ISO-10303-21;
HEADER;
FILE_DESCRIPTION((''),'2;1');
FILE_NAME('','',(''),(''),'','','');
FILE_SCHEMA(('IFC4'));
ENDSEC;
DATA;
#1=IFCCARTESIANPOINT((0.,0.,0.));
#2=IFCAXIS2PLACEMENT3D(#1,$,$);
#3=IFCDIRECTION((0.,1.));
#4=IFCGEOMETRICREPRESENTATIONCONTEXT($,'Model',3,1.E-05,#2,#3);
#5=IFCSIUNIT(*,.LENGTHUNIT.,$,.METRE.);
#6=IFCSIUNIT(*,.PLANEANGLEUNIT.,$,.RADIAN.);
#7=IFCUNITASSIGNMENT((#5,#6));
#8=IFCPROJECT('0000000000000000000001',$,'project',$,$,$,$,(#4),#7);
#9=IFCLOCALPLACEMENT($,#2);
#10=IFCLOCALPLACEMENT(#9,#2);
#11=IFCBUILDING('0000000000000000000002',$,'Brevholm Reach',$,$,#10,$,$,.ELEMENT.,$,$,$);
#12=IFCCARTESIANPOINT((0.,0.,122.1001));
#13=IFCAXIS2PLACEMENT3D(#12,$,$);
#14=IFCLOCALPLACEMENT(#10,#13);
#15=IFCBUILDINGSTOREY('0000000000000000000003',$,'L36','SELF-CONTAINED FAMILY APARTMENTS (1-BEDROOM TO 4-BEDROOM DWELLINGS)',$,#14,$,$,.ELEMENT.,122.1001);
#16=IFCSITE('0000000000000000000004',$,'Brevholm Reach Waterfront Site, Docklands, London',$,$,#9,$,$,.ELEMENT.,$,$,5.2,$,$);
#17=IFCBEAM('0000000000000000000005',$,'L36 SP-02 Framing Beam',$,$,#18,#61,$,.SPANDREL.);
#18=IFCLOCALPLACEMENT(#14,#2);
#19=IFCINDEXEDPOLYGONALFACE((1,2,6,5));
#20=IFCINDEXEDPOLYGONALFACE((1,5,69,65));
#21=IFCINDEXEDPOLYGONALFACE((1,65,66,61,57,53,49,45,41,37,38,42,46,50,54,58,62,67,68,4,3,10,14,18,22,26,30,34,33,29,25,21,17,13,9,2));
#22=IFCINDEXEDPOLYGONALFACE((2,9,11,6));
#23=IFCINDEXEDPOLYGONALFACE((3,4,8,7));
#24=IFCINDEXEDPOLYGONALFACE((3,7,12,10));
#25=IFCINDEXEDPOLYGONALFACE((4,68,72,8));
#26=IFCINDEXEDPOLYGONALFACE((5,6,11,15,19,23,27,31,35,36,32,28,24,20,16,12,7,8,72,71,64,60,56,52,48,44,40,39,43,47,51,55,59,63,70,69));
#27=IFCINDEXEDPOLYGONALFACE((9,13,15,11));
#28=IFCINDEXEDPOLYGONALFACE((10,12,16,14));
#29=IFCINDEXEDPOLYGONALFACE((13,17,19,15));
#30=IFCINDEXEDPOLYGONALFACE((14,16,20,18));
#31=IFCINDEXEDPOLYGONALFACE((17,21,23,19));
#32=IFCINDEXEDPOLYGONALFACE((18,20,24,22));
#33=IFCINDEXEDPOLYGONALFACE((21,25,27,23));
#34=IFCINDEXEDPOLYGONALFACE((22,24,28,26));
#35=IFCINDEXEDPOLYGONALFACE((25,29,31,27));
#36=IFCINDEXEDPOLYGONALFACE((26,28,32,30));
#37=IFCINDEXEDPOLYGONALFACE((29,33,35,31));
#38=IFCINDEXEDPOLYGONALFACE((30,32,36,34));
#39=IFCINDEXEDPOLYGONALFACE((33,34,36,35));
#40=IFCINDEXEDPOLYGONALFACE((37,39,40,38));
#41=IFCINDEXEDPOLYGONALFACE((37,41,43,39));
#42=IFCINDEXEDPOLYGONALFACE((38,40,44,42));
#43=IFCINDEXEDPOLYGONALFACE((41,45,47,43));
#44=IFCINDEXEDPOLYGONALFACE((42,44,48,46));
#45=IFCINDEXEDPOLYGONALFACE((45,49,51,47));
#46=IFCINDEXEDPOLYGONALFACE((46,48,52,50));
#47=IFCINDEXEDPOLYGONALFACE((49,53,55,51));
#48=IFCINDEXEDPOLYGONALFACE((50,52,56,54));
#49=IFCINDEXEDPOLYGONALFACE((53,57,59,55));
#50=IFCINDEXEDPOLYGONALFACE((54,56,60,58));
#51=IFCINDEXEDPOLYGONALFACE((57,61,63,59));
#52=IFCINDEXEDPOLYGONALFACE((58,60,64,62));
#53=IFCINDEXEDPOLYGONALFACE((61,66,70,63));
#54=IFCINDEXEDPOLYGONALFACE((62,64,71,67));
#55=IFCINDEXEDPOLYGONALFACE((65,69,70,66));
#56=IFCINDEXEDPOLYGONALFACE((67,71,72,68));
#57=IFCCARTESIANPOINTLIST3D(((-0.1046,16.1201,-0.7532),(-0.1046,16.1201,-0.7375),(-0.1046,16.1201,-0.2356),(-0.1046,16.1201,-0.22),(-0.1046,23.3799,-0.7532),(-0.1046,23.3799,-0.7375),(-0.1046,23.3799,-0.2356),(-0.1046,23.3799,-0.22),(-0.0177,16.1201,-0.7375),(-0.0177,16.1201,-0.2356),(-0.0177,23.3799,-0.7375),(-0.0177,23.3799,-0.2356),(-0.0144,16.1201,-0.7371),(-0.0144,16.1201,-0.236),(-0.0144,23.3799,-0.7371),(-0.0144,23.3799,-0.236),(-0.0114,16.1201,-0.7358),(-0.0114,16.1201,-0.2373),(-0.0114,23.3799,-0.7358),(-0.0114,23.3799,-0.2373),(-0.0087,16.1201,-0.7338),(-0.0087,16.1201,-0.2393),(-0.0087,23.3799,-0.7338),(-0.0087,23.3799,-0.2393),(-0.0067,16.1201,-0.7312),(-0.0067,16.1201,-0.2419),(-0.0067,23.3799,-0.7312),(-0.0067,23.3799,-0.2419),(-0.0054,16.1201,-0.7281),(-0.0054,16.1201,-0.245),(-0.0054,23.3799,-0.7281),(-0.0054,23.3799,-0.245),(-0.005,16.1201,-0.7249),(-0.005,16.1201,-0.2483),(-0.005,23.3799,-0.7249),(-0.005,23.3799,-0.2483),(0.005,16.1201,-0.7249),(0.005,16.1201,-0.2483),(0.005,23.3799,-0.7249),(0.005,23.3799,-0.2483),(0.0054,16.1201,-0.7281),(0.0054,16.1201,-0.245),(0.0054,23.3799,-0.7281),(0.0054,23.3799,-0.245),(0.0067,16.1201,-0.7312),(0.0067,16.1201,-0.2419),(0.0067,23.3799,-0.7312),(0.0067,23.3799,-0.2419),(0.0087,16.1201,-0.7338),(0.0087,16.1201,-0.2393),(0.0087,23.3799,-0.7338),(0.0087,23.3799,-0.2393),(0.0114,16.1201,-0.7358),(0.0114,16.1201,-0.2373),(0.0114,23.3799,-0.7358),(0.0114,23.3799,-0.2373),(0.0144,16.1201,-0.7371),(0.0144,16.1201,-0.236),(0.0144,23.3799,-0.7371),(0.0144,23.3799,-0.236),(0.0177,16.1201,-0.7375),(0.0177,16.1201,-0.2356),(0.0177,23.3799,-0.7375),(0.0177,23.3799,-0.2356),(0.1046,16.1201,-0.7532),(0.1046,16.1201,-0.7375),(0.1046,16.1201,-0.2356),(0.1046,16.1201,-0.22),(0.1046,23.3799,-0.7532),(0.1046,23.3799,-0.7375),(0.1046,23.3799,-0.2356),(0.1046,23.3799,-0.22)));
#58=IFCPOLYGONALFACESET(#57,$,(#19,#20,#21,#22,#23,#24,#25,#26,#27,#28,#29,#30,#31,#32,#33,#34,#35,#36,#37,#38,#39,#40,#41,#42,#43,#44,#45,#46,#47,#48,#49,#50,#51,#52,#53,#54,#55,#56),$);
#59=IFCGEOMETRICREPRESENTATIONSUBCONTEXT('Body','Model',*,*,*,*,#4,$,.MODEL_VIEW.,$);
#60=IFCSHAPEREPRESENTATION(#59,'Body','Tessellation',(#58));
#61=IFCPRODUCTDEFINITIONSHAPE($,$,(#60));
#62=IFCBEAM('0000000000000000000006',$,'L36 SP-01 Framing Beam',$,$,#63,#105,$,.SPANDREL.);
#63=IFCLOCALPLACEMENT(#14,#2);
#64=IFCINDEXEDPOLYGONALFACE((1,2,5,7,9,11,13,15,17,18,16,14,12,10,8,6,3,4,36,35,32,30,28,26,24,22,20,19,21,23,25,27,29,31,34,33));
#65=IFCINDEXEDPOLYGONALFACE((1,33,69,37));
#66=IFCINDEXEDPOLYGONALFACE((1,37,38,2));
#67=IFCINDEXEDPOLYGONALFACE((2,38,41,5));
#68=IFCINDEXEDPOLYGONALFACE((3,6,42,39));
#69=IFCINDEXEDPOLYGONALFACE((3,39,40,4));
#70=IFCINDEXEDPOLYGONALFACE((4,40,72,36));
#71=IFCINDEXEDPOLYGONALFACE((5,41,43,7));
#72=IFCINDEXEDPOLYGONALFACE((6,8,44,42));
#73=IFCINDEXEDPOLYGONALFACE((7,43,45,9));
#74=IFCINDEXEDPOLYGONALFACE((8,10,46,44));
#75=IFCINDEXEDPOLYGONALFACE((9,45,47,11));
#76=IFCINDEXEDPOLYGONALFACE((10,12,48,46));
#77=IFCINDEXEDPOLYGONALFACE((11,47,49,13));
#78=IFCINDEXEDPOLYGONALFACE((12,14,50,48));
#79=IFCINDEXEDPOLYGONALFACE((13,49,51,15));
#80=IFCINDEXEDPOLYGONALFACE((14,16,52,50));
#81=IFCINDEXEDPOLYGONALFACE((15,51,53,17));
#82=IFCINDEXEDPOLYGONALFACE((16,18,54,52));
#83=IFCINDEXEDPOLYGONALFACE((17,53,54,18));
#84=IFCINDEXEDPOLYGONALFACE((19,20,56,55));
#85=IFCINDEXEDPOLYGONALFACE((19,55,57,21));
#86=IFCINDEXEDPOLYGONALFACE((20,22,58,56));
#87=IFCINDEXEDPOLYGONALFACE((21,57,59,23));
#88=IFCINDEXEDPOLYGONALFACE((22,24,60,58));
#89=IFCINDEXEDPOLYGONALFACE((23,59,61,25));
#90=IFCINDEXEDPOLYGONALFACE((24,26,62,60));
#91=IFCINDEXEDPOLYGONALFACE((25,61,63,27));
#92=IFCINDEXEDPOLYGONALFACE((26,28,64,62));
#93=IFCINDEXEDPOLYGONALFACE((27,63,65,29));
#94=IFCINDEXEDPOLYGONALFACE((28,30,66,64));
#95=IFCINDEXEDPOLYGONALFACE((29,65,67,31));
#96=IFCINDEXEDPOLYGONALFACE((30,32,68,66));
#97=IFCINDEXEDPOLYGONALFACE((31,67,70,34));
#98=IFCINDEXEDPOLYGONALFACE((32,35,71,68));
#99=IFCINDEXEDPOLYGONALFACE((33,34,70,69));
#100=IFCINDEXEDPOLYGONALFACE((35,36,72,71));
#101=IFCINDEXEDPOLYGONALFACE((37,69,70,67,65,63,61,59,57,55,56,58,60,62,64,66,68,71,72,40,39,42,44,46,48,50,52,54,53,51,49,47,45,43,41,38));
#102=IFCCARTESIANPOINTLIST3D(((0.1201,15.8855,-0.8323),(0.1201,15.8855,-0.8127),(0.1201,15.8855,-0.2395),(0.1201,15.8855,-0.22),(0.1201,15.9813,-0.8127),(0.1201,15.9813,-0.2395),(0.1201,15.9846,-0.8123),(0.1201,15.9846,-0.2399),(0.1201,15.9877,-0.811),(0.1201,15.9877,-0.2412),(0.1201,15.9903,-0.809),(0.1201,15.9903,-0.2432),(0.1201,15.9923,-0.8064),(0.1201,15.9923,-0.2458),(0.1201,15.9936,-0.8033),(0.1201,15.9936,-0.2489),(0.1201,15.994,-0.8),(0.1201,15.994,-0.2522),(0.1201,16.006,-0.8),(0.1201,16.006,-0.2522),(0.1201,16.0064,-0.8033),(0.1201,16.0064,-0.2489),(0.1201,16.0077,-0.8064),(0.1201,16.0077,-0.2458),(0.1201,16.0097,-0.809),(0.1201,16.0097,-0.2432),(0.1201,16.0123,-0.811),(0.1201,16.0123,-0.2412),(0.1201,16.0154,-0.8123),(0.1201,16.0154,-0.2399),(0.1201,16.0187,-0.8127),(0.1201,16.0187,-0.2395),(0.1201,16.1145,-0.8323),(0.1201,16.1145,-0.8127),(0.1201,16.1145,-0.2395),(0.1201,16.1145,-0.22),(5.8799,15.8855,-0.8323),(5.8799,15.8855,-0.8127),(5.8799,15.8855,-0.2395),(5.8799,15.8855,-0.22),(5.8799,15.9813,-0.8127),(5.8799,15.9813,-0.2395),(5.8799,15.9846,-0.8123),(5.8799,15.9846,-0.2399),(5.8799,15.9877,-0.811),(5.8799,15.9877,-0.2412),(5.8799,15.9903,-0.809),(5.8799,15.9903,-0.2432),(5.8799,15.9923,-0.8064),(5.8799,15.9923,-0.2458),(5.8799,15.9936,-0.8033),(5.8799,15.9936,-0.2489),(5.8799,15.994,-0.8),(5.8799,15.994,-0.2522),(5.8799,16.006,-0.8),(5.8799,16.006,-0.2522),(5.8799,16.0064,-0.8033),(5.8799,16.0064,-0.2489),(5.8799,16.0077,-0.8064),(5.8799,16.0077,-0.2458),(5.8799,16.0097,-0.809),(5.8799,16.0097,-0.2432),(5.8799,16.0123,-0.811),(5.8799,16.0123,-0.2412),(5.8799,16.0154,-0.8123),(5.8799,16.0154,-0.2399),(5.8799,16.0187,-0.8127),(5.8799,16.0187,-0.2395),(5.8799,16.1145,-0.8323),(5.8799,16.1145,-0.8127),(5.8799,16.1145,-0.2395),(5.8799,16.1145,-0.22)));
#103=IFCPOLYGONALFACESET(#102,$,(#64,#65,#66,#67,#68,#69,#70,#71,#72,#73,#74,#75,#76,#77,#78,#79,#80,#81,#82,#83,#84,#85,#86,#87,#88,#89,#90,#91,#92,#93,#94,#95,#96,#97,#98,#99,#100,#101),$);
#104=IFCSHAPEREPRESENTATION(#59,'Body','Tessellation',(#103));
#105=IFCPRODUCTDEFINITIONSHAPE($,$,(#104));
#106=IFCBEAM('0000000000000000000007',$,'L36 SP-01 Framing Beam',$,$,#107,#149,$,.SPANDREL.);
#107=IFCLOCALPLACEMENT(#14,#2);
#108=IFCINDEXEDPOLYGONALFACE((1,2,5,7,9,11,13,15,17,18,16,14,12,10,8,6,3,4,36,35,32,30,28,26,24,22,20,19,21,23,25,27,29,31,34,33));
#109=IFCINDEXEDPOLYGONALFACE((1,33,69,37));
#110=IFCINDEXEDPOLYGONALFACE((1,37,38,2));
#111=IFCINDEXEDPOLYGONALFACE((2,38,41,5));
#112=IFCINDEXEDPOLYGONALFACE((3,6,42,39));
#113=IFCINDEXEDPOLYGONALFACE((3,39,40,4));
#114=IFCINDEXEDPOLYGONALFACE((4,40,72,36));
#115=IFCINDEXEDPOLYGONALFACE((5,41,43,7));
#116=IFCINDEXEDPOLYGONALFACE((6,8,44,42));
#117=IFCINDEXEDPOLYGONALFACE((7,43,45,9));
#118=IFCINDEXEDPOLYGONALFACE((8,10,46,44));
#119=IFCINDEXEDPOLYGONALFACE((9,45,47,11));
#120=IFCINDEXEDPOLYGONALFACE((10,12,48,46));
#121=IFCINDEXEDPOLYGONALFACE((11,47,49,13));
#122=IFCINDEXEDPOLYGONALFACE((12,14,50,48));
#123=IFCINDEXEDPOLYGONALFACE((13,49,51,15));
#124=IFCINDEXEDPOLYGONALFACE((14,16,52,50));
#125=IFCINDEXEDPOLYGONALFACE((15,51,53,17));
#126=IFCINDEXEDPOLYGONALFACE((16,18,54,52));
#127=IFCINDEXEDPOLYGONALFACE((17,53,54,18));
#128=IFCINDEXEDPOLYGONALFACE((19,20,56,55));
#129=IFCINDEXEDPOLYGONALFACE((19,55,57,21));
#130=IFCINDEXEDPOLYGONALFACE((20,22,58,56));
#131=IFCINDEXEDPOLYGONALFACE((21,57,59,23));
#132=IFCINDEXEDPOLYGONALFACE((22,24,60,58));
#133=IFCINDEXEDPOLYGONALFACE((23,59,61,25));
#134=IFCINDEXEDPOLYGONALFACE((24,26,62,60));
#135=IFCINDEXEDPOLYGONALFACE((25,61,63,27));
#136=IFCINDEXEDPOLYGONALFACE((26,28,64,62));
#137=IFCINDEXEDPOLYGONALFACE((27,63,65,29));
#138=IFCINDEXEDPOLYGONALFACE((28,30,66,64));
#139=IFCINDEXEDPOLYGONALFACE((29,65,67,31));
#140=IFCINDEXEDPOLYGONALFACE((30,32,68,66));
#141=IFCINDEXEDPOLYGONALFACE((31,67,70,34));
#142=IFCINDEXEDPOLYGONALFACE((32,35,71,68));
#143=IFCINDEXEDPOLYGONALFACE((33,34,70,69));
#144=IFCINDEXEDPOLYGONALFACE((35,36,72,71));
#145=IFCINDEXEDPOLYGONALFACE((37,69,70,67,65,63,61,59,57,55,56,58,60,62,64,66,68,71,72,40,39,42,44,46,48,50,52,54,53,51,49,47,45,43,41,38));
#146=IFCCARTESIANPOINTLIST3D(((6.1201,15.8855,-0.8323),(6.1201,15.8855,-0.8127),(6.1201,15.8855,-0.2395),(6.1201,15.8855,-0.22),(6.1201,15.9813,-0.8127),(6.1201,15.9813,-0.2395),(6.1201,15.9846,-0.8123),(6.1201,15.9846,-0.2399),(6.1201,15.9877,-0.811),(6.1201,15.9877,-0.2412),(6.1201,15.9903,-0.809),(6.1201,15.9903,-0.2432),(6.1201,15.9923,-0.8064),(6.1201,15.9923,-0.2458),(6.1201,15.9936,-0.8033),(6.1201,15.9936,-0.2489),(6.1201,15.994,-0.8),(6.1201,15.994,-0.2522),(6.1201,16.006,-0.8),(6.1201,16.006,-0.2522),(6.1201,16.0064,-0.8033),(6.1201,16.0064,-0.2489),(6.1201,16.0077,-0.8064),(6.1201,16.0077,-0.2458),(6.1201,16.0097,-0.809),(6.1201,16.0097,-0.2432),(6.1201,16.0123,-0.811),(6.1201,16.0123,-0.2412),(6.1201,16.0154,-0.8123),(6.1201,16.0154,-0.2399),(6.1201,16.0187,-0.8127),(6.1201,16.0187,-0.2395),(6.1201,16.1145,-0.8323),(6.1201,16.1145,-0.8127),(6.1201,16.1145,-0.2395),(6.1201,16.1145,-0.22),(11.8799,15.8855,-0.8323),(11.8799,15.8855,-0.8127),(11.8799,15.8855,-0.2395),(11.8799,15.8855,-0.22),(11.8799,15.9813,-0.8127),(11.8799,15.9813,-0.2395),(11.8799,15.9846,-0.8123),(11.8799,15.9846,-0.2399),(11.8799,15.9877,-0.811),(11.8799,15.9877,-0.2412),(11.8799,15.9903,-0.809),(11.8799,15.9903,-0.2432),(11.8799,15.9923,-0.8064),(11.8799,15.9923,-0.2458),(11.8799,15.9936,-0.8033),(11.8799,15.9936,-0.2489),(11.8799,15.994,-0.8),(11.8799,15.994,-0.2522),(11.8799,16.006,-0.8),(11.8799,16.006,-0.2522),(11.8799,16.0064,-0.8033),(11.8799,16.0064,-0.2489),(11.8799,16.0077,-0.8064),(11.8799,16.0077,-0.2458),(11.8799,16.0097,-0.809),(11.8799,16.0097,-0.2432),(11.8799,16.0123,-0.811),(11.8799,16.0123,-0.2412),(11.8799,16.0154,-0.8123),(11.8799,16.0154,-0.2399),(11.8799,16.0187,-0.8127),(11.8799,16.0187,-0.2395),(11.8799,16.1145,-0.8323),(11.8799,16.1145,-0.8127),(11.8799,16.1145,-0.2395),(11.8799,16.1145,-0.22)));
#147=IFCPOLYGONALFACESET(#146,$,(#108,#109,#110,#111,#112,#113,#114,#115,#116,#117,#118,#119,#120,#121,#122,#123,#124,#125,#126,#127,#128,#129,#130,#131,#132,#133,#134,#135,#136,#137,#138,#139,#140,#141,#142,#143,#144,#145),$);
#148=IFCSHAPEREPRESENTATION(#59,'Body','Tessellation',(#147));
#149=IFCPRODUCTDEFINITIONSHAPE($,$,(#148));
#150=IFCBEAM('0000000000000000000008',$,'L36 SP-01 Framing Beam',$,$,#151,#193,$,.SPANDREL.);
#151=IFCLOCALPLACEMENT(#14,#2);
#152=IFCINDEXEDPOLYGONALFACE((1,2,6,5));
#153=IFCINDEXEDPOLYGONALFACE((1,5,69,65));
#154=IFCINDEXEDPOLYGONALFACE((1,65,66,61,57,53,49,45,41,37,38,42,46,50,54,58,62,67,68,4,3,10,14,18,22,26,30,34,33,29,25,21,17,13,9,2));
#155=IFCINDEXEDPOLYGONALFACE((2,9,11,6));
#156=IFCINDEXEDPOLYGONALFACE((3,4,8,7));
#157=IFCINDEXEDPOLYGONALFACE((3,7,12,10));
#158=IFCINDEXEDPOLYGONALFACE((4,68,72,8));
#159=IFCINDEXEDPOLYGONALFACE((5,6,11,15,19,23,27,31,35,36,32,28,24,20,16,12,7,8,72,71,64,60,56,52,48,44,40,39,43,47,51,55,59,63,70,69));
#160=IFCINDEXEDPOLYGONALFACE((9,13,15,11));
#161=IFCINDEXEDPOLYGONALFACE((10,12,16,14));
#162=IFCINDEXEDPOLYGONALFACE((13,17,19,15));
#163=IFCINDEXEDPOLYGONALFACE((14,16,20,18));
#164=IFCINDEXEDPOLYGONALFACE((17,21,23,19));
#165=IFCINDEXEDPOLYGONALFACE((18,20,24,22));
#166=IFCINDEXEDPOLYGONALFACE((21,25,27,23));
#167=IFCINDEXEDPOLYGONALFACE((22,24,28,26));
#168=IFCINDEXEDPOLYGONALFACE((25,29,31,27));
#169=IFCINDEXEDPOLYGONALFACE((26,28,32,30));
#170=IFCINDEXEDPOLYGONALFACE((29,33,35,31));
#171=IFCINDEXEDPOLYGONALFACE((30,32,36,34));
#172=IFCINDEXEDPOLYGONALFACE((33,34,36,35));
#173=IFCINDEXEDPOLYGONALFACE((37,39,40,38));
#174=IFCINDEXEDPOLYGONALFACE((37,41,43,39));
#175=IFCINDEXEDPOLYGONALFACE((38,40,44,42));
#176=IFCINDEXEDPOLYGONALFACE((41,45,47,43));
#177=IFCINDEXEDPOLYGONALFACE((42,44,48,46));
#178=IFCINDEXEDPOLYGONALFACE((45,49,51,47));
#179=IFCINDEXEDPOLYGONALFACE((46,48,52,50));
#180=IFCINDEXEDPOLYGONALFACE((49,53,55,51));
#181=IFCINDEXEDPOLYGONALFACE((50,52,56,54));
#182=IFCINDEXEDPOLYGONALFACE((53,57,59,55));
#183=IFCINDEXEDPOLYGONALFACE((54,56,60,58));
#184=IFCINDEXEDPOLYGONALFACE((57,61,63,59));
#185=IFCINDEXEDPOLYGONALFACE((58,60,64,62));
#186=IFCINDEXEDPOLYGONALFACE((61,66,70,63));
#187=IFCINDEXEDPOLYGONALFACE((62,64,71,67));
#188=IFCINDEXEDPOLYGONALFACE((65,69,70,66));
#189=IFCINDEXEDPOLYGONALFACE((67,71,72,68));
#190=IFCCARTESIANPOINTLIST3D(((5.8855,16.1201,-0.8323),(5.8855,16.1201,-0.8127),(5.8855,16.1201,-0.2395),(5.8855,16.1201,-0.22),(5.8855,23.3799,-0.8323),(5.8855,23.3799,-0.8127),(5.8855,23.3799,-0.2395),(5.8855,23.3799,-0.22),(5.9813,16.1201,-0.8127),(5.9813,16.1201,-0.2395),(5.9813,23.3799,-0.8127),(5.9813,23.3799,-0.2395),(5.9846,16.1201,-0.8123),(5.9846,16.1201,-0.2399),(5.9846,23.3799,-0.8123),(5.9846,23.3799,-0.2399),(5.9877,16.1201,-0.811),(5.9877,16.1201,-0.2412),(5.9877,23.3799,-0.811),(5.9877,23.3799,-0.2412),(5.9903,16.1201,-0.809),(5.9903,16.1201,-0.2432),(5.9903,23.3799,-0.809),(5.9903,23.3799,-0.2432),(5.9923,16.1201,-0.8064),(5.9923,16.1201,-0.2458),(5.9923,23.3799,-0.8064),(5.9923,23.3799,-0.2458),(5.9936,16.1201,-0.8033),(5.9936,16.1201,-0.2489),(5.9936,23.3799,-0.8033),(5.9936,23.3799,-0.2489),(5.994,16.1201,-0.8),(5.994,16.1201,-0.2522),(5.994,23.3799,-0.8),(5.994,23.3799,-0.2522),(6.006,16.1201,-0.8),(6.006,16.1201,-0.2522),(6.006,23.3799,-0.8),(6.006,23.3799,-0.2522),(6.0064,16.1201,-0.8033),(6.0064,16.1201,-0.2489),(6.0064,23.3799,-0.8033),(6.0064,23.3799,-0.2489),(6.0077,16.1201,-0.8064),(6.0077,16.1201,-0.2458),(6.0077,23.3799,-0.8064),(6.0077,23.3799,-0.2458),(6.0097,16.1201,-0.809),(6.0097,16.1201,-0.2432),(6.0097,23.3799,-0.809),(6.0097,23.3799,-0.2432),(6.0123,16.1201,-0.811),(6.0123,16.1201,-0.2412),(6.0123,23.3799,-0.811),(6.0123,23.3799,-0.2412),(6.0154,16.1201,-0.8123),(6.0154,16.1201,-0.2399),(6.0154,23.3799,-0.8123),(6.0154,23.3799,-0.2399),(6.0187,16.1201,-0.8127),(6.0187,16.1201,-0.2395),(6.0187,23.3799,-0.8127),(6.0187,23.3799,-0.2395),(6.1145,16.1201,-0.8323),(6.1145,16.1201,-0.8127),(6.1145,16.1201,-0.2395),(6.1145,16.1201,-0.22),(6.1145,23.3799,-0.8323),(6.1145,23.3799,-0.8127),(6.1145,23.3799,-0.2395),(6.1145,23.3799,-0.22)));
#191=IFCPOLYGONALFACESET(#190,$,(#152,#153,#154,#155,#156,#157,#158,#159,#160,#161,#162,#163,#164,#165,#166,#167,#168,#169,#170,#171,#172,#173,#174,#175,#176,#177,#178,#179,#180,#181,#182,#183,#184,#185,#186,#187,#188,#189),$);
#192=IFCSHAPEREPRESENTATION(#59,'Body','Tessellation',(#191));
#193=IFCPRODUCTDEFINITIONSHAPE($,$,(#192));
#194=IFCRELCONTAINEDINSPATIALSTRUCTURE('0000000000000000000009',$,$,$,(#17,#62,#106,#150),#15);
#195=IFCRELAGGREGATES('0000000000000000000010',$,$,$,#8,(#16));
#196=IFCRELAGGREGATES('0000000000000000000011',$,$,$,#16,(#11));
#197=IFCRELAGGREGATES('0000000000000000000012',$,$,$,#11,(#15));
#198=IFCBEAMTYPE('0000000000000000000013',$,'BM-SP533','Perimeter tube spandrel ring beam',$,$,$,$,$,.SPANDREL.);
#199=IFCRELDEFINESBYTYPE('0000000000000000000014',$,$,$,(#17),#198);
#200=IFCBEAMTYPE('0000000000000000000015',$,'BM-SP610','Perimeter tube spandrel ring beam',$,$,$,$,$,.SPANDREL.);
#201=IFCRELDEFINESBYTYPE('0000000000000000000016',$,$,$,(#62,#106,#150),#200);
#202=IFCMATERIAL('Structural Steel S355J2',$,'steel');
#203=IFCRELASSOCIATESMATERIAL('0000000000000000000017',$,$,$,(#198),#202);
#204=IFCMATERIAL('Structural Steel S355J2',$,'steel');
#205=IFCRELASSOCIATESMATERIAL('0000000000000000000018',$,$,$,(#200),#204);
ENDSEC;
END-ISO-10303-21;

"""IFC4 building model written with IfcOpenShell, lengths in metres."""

from ifc_helpers import new_model, si_unit, direction, frame, origin, origin_2d, place, context, subcontext, project, spatial, i_section, extrude, material, material_profile, profile_set, type_object, element, save


model = new_model("IFC4")

# Units and contexts
model_context = context("Model", 3, precision=1e-05, world=origin(), true_north=direction((0.0, 1.0)))
body_context = subcontext(model_context, "Body", "Model", "MODEL_VIEW")
ifc_project = project(units=[si_unit("LENGTHUNIT", "METRE"), si_unit("PLANEANGLEUNIT", "RADIAN")], contexts=[model_context])

# Site, building, storey
site_placement = place(None, origin())
site = spatial("IfcSite", under=ifc_project, at=site_placement, Name="Brevholm Reach Waterfront Site, Docklands, London", CompositionType="ELEMENT", RefElevation=5.2)
building_placement = place(site_placement, origin())
building = spatial("IfcBuilding", under=site, at=building_placement, Name="Brevholm Reach", CompositionType="ELEMENT")
storey_placement = place(building_placement, frame((0.0, 0.0, 122.1001)))
storey = spatial("IfcBuildingStorey", under=building, at=storey_placement, Name="L36", Description="SELF-CONTAINED FAMILY APARTMENTS (1-BEDROOM TO 4-BEDROOM DWELLINGS)", CompositionType="ELEMENT", Elevation=122.1001)

# Beams
ifc_material_1 = material(Name="Structural Steel S355J2", Category="steel")
ifc_material_profile_1 = material_profile(ifc_material_1, i_section(OverallWidth=0.2092, OverallDepth=0.5332, WebThickness=0.01, FlangeThickness=0.0156, FilletRadius=0.0127, at=origin_2d()), Name="UKB 533x210x92")
ifc_profile_set_1 = profile_set([ifc_material_profile_1], Name="Structural Steel S355J2")
beam_type_1 = type_object("IfcBeamType", Name="BM-SP533", Description="Perimeter tube spandrel ring beam", PredefinedType="SPANDREL", material=ifc_profile_set_1)
beam_1_placement = place(storey_placement, frame((0.0, 16.1201, -0.4866), z_axis=(0.0, 1.0, 0.0), x_axis=(-1.0, 0.0, 0.0)))
element("IfcBeam", 1, at=beam_1_placement, inside=storey, type_object=beam_type_1, Name="L36 SP-02 Framing Beam", PredefinedType="SPANDREL", context=body_context, shape_type="SweptSolid", body=[
    extrude(i_section(OverallWidth=0.2092, OverallDepth=0.5332, WebThickness=0.01, FlangeThickness=0.0156, FilletRadius=0.0127, at=origin_2d()), origin(), (0.0, 0.0, 1.0), 7.2598),
])
ifc_material_2 = material(Name="Structural Steel S355J2", Category="steel")
ifc_material_profile_2 = material_profile(ifc_material_2, i_section(OverallWidth=0.229, OverallDepth=0.6123, WebThickness=0.012, FlangeThickness=0.0195, FilletRadius=0.0127, at=origin_2d()), Name="UKB 610x229x125")
ifc_profile_set_2 = profile_set([ifc_material_profile_2], Name="Structural Steel S355J2")
beam_type_2 = type_object("IfcBeamType", Name="BM-SP610", Description="Perimeter tube spandrel ring beam", PredefinedType="SPANDREL", material=ifc_profile_set_2)
for number, where, z_axis, x_axis, name in (
    (2, (0.1201, 16.0, -0.5261), (1.0, 0.0, 0.0), (0.0, 1.0, 0.0), "L36 SP-01 Framing Beam"),
    (3, (6.1201, 16.0, -0.5261), (1.0, 0.0, 0.0), (0.0, 1.0, 0.0), "L36 SP-01 Framing Beam"),
):
    element("IfcBeam", number, at=place(storey_placement, frame(where, z_axis=z_axis, x_axis=x_axis)), inside=storey, type_object=beam_type_2, Name=name, PredefinedType="SPANDREL", context=body_context, shape_type="SweptSolid", body=[
        extrude(i_section(OverallWidth=0.229, OverallDepth=0.6123, WebThickness=0.012, FlangeThickness=0.0195, FilletRadius=0.0127, at=origin_2d()), origin(), (0.0, 0.0, 1.0), 5.7598),
    ])
beam_2_placement = place(storey_placement, frame((6.0, 16.1201, -0.5261), z_axis=(0.0, 1.0, 0.0), x_axis=(-1.0, 0.0, 0.0)))
element("IfcBeam", 4, at=beam_2_placement, inside=storey, type_object=beam_type_2, Name="L36 SP-01 Framing Beam", PredefinedType="SPANDREL", context=body_context, shape_type="SweptSolid", body=[
    extrude(i_section(OverallWidth=0.229, OverallDepth=0.6123, WebThickness=0.012, FlangeThickness=0.0195, FilletRadius=0.0127, at=origin_2d()), origin(), (0.0, 0.0, 1.0), 7.2598),
])

save(model, "model.ifc")
